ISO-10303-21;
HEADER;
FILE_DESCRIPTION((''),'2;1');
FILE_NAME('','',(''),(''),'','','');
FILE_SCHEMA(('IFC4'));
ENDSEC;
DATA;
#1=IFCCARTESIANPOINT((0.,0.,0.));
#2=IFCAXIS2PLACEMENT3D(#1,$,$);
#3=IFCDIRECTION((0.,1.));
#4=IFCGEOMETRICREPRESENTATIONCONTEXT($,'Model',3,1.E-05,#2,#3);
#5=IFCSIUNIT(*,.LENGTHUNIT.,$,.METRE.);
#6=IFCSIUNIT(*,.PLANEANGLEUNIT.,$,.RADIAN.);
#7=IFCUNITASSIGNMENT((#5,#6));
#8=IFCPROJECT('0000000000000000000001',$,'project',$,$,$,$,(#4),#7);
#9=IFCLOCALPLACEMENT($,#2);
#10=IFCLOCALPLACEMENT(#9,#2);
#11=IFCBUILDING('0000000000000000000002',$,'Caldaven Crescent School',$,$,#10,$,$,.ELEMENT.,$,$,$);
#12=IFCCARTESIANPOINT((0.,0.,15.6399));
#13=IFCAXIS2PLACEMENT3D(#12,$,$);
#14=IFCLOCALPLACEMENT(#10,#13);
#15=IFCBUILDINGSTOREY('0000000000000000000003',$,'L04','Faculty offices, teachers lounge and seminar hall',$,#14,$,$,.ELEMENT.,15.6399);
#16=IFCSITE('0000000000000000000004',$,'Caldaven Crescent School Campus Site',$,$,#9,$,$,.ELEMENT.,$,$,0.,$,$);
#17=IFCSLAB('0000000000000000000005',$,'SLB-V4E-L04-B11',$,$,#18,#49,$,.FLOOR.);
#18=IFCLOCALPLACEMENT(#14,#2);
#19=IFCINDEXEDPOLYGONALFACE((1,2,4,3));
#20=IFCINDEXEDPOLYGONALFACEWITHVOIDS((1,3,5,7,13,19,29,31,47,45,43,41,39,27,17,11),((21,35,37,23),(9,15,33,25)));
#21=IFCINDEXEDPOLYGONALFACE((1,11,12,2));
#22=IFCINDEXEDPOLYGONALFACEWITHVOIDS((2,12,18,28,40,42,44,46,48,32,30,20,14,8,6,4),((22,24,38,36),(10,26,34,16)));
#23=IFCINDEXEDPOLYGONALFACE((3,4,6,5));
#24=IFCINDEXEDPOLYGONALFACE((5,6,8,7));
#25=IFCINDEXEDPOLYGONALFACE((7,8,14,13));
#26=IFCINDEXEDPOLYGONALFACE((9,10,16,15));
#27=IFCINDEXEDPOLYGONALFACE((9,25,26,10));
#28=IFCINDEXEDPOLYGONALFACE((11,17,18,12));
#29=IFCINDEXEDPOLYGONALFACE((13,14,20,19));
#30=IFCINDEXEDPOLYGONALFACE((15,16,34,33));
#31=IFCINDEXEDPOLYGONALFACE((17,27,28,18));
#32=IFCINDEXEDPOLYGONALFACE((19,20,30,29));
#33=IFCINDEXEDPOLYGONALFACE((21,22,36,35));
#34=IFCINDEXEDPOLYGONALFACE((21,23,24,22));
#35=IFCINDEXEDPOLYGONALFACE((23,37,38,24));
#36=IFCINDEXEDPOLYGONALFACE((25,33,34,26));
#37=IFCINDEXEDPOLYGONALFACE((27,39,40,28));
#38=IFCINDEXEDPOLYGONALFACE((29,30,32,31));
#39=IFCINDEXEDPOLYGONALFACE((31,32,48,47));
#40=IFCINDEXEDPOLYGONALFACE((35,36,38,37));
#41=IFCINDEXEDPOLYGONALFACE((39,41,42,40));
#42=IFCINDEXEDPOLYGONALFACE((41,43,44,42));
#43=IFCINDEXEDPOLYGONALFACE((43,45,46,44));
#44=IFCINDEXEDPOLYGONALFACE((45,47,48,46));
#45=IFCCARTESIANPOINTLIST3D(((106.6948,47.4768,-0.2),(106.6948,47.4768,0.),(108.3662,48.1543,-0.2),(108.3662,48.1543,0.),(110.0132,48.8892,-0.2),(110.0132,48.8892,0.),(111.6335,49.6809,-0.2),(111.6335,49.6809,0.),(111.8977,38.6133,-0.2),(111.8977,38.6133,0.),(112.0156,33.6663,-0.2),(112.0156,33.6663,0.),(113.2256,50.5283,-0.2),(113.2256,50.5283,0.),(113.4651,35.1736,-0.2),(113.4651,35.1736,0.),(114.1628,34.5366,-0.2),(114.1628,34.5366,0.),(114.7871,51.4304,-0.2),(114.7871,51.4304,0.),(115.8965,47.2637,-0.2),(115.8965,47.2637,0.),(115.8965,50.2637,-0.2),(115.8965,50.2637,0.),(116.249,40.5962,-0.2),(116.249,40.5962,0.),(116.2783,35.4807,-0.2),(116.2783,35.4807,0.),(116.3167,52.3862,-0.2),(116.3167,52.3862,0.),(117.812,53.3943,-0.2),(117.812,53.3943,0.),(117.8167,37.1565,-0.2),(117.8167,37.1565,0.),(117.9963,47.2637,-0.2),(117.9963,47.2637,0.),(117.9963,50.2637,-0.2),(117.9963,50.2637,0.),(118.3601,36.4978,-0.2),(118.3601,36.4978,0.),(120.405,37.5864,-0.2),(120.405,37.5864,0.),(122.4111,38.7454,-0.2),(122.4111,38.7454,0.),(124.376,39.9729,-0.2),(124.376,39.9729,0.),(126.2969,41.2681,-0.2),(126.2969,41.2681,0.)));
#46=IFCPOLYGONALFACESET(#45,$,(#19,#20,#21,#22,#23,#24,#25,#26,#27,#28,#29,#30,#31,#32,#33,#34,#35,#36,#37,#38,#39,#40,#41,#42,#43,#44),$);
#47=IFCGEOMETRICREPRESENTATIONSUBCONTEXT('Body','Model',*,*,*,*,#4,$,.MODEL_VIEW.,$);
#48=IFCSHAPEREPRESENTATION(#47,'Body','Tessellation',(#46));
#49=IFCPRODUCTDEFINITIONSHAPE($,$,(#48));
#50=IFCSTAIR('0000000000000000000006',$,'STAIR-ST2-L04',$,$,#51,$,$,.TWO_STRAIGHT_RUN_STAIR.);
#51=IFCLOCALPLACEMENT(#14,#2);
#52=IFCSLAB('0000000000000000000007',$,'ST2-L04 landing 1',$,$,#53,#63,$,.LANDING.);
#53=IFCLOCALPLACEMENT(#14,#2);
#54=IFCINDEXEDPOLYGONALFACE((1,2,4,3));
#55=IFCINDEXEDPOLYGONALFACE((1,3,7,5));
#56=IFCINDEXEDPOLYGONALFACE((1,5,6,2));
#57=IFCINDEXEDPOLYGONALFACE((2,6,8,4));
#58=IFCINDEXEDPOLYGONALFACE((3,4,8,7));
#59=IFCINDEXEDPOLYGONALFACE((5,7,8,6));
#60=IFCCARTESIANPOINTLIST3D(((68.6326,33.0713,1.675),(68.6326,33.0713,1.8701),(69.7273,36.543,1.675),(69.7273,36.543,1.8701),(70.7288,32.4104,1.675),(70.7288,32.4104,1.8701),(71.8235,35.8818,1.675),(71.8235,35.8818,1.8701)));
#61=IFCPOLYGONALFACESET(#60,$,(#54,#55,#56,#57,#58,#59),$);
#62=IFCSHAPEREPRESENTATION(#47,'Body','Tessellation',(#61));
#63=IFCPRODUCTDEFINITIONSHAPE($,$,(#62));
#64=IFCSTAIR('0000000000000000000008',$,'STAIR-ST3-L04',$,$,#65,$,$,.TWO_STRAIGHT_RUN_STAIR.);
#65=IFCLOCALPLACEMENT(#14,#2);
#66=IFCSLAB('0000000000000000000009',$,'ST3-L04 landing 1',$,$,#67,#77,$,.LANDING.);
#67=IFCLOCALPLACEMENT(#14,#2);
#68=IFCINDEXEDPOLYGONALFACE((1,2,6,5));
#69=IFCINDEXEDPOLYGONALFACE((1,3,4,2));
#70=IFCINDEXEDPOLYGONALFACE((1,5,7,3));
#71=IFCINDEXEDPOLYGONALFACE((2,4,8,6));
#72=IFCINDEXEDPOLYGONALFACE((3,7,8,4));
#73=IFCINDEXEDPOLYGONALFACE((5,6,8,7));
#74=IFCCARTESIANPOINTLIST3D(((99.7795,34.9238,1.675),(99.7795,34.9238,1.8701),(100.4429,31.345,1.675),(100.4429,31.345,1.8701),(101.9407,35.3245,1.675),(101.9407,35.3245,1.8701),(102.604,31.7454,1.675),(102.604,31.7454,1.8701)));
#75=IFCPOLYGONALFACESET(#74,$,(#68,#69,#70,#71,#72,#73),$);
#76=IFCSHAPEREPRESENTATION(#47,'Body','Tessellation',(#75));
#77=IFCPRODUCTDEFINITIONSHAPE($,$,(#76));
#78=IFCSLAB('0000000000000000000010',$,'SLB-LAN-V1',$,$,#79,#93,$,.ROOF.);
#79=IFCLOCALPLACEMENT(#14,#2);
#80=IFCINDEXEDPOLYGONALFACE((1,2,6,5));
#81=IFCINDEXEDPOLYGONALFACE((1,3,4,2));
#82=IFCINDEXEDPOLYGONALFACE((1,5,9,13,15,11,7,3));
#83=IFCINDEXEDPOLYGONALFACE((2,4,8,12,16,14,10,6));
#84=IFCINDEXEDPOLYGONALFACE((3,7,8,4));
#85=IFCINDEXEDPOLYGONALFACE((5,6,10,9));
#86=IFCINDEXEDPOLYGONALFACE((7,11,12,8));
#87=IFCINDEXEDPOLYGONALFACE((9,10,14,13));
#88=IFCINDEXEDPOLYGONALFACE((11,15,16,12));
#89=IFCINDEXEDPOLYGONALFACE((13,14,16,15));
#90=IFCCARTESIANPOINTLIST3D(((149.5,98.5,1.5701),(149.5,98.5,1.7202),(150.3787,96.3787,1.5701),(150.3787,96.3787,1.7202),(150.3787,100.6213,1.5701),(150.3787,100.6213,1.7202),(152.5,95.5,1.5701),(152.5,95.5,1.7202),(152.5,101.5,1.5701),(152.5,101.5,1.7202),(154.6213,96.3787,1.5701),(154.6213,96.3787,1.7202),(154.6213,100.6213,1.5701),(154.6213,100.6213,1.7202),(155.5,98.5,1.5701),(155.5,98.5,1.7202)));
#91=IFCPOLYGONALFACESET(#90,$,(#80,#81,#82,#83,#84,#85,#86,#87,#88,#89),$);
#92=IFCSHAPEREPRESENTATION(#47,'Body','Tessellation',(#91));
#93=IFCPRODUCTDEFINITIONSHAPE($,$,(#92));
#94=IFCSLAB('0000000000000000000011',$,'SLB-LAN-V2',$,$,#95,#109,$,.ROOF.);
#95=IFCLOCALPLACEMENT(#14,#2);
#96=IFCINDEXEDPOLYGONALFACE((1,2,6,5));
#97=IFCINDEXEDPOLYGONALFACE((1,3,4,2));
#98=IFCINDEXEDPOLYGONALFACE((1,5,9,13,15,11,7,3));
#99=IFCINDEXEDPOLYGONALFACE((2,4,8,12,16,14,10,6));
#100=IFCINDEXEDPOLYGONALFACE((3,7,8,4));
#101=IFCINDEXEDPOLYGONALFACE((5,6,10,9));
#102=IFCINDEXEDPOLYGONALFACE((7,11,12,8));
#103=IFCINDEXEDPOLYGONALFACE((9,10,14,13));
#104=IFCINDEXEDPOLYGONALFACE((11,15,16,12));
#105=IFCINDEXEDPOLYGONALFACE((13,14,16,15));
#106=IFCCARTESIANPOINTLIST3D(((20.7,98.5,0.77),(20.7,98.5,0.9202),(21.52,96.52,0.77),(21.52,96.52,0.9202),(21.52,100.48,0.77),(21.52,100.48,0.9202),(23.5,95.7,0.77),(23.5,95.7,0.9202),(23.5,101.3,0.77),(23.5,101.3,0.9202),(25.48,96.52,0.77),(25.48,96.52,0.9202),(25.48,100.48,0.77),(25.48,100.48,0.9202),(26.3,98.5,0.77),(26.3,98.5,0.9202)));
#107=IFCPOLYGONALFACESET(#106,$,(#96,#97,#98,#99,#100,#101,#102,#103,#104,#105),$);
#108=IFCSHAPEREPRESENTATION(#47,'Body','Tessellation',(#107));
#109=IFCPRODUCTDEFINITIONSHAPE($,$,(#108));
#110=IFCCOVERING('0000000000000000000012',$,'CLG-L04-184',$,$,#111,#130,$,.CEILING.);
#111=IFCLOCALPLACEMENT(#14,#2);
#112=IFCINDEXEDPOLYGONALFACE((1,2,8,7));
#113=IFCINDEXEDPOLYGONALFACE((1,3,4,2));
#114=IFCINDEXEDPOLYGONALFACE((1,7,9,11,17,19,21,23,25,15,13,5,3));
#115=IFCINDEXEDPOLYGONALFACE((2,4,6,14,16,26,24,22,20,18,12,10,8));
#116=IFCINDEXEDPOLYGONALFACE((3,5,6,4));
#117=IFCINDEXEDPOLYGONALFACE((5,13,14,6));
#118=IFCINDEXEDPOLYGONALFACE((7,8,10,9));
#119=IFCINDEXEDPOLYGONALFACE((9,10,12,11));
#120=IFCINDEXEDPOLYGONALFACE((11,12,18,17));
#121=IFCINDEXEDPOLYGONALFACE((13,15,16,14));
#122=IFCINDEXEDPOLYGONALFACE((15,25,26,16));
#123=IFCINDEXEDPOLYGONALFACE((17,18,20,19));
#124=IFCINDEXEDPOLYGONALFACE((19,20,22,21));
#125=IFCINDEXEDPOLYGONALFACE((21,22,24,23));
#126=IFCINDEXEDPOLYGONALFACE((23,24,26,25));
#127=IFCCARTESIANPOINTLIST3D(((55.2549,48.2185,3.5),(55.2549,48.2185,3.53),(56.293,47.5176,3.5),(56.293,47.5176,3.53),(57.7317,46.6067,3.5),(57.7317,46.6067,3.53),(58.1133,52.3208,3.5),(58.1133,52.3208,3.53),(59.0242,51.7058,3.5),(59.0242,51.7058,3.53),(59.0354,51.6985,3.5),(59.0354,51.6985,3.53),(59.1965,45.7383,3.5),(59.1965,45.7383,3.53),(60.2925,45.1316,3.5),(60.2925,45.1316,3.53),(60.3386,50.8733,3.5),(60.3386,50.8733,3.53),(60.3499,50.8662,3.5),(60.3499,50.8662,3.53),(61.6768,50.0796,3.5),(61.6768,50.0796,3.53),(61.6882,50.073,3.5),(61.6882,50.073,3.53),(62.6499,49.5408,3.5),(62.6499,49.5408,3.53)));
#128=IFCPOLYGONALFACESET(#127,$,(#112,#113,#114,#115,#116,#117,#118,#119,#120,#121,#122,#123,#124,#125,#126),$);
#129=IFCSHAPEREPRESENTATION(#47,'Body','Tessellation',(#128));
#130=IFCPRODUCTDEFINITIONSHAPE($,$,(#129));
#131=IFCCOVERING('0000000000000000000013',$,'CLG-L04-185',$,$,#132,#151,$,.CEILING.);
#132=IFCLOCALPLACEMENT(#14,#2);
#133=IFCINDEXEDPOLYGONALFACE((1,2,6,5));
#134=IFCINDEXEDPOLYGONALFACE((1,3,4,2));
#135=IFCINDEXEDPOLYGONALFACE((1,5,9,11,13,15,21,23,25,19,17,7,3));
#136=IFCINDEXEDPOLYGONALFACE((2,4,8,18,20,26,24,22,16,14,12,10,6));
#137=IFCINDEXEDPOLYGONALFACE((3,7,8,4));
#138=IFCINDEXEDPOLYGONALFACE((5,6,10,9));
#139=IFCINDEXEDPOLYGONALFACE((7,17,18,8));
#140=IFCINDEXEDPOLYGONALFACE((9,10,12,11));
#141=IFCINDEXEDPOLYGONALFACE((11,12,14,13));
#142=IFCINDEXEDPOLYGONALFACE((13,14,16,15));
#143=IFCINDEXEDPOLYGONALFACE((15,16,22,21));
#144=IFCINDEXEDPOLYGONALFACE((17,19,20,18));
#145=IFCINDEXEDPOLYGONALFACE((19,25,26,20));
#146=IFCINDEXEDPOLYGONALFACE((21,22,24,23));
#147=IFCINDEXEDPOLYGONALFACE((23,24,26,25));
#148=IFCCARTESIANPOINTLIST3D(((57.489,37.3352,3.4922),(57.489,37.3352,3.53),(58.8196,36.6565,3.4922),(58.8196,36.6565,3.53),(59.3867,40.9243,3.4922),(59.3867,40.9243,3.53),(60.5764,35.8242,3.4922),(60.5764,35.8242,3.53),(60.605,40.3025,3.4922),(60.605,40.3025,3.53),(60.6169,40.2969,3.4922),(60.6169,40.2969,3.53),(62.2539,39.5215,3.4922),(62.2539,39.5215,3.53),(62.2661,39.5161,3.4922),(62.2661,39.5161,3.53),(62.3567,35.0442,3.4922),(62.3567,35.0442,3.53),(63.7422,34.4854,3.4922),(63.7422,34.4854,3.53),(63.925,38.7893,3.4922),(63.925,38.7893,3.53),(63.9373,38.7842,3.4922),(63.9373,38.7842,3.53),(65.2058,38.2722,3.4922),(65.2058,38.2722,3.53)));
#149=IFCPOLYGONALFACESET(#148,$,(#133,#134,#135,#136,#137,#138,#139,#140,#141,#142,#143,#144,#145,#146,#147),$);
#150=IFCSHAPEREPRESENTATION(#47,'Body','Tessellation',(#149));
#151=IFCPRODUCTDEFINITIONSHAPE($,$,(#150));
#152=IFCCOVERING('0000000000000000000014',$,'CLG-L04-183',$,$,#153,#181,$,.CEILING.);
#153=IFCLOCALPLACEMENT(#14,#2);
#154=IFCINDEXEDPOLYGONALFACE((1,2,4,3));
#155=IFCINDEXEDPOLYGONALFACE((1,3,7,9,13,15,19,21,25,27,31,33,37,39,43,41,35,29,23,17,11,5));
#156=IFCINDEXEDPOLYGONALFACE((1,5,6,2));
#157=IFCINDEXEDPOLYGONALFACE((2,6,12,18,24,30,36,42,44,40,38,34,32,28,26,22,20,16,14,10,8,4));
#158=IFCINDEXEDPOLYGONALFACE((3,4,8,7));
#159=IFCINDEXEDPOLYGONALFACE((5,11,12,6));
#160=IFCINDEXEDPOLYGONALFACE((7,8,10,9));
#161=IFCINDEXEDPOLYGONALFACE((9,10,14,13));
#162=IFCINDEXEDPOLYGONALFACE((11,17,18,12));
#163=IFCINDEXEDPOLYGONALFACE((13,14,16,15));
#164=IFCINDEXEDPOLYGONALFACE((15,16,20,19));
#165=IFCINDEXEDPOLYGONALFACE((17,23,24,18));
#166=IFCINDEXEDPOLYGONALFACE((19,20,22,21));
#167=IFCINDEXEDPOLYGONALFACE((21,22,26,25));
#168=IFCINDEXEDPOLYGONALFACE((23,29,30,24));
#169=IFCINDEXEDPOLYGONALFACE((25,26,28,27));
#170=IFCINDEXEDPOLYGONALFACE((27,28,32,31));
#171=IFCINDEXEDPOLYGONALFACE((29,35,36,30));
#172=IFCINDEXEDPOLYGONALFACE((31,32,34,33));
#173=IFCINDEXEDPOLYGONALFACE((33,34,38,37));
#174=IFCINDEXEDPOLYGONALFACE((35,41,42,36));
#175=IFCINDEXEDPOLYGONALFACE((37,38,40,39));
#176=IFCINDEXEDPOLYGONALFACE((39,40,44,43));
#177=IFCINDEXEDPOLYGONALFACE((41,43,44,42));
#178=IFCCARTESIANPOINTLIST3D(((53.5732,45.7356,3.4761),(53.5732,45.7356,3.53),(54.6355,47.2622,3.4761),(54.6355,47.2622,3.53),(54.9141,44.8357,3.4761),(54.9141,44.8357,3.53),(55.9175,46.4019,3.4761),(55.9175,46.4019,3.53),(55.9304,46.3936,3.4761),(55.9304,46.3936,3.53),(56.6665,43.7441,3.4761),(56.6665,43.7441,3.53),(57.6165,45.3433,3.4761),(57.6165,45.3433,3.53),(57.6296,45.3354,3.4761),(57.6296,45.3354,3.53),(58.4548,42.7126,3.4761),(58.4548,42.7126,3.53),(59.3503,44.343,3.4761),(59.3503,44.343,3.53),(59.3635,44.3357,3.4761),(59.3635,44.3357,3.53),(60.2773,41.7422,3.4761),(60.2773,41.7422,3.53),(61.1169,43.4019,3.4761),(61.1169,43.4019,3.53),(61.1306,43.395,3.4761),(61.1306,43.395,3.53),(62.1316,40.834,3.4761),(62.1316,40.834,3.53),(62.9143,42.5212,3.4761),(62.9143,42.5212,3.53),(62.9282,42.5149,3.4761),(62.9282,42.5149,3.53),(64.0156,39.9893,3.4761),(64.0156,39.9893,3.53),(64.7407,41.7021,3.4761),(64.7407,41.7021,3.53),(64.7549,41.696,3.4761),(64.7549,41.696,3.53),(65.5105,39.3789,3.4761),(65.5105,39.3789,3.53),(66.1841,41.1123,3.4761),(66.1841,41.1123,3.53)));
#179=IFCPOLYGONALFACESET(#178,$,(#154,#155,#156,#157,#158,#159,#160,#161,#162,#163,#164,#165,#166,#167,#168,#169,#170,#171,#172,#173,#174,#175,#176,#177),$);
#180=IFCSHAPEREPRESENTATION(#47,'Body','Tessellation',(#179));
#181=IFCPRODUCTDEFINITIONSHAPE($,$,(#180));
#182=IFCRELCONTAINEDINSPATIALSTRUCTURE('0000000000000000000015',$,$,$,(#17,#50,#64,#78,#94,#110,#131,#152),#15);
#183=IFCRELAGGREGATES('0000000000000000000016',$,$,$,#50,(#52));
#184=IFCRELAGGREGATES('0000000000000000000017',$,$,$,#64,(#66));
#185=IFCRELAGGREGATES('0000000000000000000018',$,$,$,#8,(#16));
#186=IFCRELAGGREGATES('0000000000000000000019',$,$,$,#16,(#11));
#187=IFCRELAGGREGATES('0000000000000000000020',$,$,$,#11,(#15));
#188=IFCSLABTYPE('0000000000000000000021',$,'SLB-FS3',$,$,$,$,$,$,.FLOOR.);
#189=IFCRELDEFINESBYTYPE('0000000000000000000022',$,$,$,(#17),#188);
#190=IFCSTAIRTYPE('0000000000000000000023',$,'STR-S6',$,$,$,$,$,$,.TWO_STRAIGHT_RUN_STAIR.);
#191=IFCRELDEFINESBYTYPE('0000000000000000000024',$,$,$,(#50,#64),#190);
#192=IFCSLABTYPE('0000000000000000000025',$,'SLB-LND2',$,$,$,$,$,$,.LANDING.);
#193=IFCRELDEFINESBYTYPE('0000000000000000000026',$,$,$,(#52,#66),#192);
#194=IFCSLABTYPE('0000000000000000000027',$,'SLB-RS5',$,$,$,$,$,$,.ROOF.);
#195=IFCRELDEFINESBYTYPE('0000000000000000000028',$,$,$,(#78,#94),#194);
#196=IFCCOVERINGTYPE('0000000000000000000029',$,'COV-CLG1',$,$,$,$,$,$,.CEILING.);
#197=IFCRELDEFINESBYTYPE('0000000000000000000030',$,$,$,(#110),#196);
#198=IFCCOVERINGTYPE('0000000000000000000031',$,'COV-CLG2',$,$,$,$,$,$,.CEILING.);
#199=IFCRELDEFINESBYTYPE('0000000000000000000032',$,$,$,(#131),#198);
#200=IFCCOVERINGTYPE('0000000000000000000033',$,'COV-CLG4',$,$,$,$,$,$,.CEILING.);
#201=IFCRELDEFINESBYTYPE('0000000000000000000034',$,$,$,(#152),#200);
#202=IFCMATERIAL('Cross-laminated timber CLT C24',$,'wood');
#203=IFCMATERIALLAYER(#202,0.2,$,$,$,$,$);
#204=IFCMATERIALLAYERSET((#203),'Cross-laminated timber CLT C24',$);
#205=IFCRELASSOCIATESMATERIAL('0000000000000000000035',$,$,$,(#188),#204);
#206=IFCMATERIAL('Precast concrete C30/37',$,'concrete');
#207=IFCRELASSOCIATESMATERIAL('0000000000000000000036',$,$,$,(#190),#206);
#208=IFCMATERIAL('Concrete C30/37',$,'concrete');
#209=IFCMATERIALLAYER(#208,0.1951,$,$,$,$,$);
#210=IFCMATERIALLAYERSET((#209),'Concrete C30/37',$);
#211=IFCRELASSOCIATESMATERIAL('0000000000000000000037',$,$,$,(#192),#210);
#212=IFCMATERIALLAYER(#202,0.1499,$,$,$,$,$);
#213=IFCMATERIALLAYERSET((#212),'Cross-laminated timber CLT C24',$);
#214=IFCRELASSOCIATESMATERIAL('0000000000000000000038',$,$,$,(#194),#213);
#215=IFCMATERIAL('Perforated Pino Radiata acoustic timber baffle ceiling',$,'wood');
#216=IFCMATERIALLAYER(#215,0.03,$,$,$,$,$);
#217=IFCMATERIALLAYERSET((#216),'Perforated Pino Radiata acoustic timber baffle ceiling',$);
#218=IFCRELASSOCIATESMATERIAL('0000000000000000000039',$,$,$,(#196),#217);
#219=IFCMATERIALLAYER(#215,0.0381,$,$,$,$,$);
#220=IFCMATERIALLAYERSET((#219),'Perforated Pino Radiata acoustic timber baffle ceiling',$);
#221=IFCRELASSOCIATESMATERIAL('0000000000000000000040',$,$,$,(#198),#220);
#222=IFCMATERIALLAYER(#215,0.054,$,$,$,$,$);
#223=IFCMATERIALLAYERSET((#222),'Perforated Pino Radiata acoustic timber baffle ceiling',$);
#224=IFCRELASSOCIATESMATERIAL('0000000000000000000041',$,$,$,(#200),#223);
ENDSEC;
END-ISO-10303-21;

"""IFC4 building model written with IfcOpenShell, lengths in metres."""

from ifc_helpers import new_model, si_unit, direction, frame, origin, place, context, subcontext, project, spatial, polyline, outline, extrude, material, layer, layer_set, type_object, element, aggregate, save


model = new_model("IFC4")

# Units and contexts
model_context = context("Model", 3, precision=1e-05, world=origin(), true_north=direction((0.0, 1.0)))
body_context = subcontext(model_context, "Body", "Model", "MODEL_VIEW")
ifc_project = project(units=[si_unit("LENGTHUNIT", "METRE"), si_unit("PLANEANGLEUNIT", "RADIAN")], contexts=[model_context])

# Site, building, storey
site_placement = place(None, origin())
site = spatial("IfcSite", under=ifc_project, at=site_placement, Name="Caldaven Crescent School Campus Site", CompositionType="ELEMENT", RefElevation=0.0)
building_placement = place(site_placement, origin())
building = spatial("IfcBuilding", under=site, at=building_placement, Name="Caldaven Crescent School", CompositionType="ELEMENT")
storey_placement = place(building_placement, frame((0.0, 0.0, 15.6399)))
storey = spatial("IfcBuildingStorey", under=building, at=storey_placement, Name="L04", Description="Faculty offices, teachers lounge and seminar hall", CompositionType="ELEMENT", Elevation=15.6399)

# Slab
ifc_material_1 = material(Name="Cross-laminated timber CLT C24", Category="wood")
ifc_layer_1 = layer(ifc_material_1, 0.2)
ifc_layer_set_1 = layer_set([ifc_layer_1], Name="Cross-laminated timber CLT C24")
slab_type_1 = type_object("IfcSlabType", Name="SLB-FS3", PredefinedType="FLOOR", material=ifc_layer_set_1)
slab_1_placement = place(storey_placement, frame((0.0, 0.0, -0.2)))
element("IfcSlab", 1, at=slab_1_placement, inside=storey, type_object=slab_type_1, Name="SLB-V4E-L04-B11", PredefinedType="FLOOR", context=body_context, shape_type="SweptSolid", body=[
    extrude(outline(polyline([(112.0156, 33.6663), (114.1628, 34.5366), (116.2783, 35.4807), (118.3601, 36.4978), (120.405, 37.5864), (122.4111, 38.7454), (124.376, 39.9729), (126.2969, 41.2681), (117.812, 53.3943), (116.3167, 52.3862), (114.7871, 51.4304), (113.2256, 50.5283), (111.6335, 49.6809), (110.0132, 48.8892), (108.3662, 48.1543), (106.6948, 47.4768), (112.0156, 33.6663)]), holes=[polyline([(115.8965, 47.2637), (115.8965, 50.2637), (117.9963, 50.2637), (117.9963, 47.2637), (115.8965, 47.2637)]), polyline([(113.4651, 35.1736), (111.8977, 38.6133), (116.249, 40.5962), (117.8167, 37.1565), (113.4651, 35.1736)])]), origin(), (0.0, 0.0, 1.0), 0.2),
])

# Stairs, slabs
ifc_material_2 = material(Name="Precast concrete C30/37", Category="concrete")
stair_type = type_object("IfcStairType", Name="STR-S6", PredefinedType="TWO_STRAIGHT_RUN_STAIR", material=ifc_material_2)
stair_1_placement = place(storey_placement, origin())
stair_1 = element("IfcStair", 2, at=stair_1_placement, inside=storey, type_object=stair_type, Name="STAIR-ST2-L04", PredefinedType="TWO_STRAIGHT_RUN_STAIR")
ifc_material_3 = material(Name="Concrete C30/37", Category="concrete")
ifc_layer_2 = layer(ifc_material_3, 0.1951)
ifc_layer_set_2 = layer_set([ifc_layer_2], Name="Concrete C30/37")
slab_type_2 = type_object("IfcSlabType", Name="SLB-LND2", PredefinedType="LANDING", material=ifc_layer_set_2)
slab_2_placement = place(storey_placement, frame((0.0, 0.0, 1.675)))
slab_2 = element("IfcSlab", 3, at=slab_2_placement, type_object=slab_type_2, Name="ST2-L04 landing 1", PredefinedType="LANDING", context=body_context, shape_type="SweptSolid", body=[
    extrude(outline(polyline([(68.6326, 33.0713), (70.7288, 32.4104), (71.8235, 35.8818), (69.7273, 36.543), (68.6326, 33.0713)])), origin(), (0.0, 0.0, 1.0), 0.1951),
])
aggregate(stair_1, [slab_2])
stair_2_placement = place(storey_placement, origin())
stair_2 = element("IfcStair", 4, at=stair_2_placement, inside=storey, type_object=stair_type, Name="STAIR-ST3-L04", PredefinedType="TWO_STRAIGHT_RUN_STAIR")
slab_3_placement = place(storey_placement, frame((0.0, 0.0, 1.675)))
slab_3 = element("IfcSlab", 5, at=slab_3_placement, type_object=slab_type_2, Name="ST3-L04 landing 1", PredefinedType="LANDING", context=body_context, shape_type="SweptSolid", body=[
    extrude(outline(polyline([(100.4429, 31.345), (102.604, 31.7454), (101.9407, 35.3245), (99.7795, 34.9238), (100.4429, 31.345)])), origin(), (0.0, 0.0, 1.0), 0.1951),
])
aggregate(stair_2, [slab_3])

# Slabs
ifc_layer_3 = layer(ifc_material_1, 0.1499)
ifc_layer_set_3 = layer_set([ifc_layer_3], Name="Cross-laminated timber CLT C24")
slab_type_3 = type_object("IfcSlabType", Name="SLB-RS5", PredefinedType="ROOF", material=ifc_layer_set_3)
slab_4_placement = place(storey_placement, frame((0.0, 0.0, 1.5701)))
element("IfcSlab", 6, at=slab_4_placement, inside=storey, type_object=slab_type_3, Name="SLB-LAN-V1", PredefinedType="ROOF", context=body_context, shape_type="SweptSolid", body=[
    extrude(outline(polyline([(155.5, 98.5), (154.6213, 100.6213), (152.5, 101.5), (150.3787, 100.6213), (149.5, 98.5), (150.3787, 96.3787), (152.5, 95.5), (154.6213, 96.3787), (155.5, 98.5)])), origin(), (0.0, 0.0, 1.0), 0.1501),
])
slab_5_placement = place(storey_placement, frame((0.0, 0.0, 0.77)))
element("IfcSlab", 7, at=slab_5_placement, inside=storey, type_object=slab_type_3, Name="SLB-LAN-V2", PredefinedType="ROOF", context=body_context, shape_type="SweptSolid", body=[
    extrude(outline(polyline([(26.3, 98.5), (25.48, 100.48), (23.5, 101.3), (21.52, 100.48), (20.7, 98.5), (21.52, 96.52), (23.5, 95.7), (25.48, 96.52), (26.3, 98.5)])), origin(), (0.0, 0.0, 1.0), 0.1501),
])

# Coverings
ifc_material_4 = material(Name="Perforated Pino Radiata acoustic timber baffle ceiling", Category="wood")
ifc_layer_4 = layer(ifc_material_4, 0.03)
ifc_layer_set_4 = layer_set([ifc_layer_4], Name="Perforated Pino Radiata acoustic timber baffle ceiling")
covering_type_1 = type_object("IfcCoveringType", Name="COV-CLG1", PredefinedType="CEILING", material=ifc_layer_set_4)
covering_1_placement = place(storey_placement, frame((0.0, 0.0, 3.5)))
element("IfcCovering", 8, at=covering_1_placement, inside=storey, type_object=covering_type_1, Name="CLG-L04-184", PredefinedType="CEILING", context=body_context, shape_type="SweptSolid", body=[
    extrude(outline(polyline([(59.0242, 51.7058), (59.0354, 51.6985), (60.3386, 50.8733), (60.3499, 50.8662), (61.6768, 50.0796), (61.6882, 50.073), (62.6499, 49.5408), (60.2925, 45.1316), (59.1965, 45.7383), (57.7317, 46.6067), (56.293, 47.5176), (55.2549, 48.2185), (58.1133, 52.3208), (59.0242, 51.7058)])), origin(), (0.0, 0.0, 1.0), 0.03),
])
ifc_layer_5 = layer(ifc_material_4, 0.0381)
ifc_layer_set_5 = layer_set([ifc_layer_5], Name="Perforated Pino Radiata acoustic timber baffle ceiling")
covering_type_2 = type_object("IfcCoveringType", Name="COV-CLG2", PredefinedType="CEILING", material=ifc_layer_set_5)
covering_2_placement = place(storey_placement, frame((0.0, 0.0, 3.4922)))
element("IfcCovering", 9, at=covering_2_placement, inside=storey, type_object=covering_type_2, Name="CLG-L04-185", PredefinedType="CEILING", context=body_context, shape_type="SweptSolid", body=[
    extrude(outline(polyline([(60.605, 40.3025), (60.6169, 40.2969), (62.2539, 39.5215), (62.2661, 39.5161), (63.925, 38.7893), (63.9373, 38.7842), (65.2058, 38.2722), (63.7422, 34.4854), (62.3567, 35.0442), (60.5764, 35.8242), (58.8196, 36.6565), (57.489, 37.3352), (59.3867, 40.9243), (60.605, 40.3025)])), origin(), (0.0, 0.0, 1.0), 0.0378),
])
ifc_layer_6 = layer(ifc_material_4, 0.054)
ifc_layer_set_6 = layer_set([ifc_layer_6], Name="Perforated Pino Radiata acoustic timber baffle ceiling")
covering_type_3 = type_object("IfcCoveringType", Name="COV-CLG4", PredefinedType="CEILING", material=ifc_layer_set_6)
covering_3_placement = place(storey_placement, frame((0.0, 0.0, 3.4761)))
element("IfcCovering", 10, at=covering_3_placement, inside=storey, type_object=covering_type_3, Name="CLG-L04-183", PredefinedType="CEILING", context=body_context, shape_type="SweptSolid", body=[
    extrude(outline(polyline([(55.9175, 46.4019), (55.9304, 46.3936), (57.6165, 45.3433), (57.6296, 45.3354), (59.3503, 44.343), (59.3635, 44.3357), (61.1169, 43.4019), (61.1306, 43.395), (62.9143, 42.5212), (62.9282, 42.5149), (64.7407, 41.7021), (64.7549, 41.696), (66.1841, 41.1123), (65.5105, 39.3789), (64.0156, 39.9893), (62.1316, 40.834), (60.2773, 41.7422), (58.4548, 42.7126), (56.6665, 43.7441), (54.9141, 44.8357), (53.5732, 45.7356), (54.6355, 47.2622), (55.9175, 46.4019)])), origin(), (0.0, 0.0, 1.0), 0.054),
])

save(model, "model.ifc")
